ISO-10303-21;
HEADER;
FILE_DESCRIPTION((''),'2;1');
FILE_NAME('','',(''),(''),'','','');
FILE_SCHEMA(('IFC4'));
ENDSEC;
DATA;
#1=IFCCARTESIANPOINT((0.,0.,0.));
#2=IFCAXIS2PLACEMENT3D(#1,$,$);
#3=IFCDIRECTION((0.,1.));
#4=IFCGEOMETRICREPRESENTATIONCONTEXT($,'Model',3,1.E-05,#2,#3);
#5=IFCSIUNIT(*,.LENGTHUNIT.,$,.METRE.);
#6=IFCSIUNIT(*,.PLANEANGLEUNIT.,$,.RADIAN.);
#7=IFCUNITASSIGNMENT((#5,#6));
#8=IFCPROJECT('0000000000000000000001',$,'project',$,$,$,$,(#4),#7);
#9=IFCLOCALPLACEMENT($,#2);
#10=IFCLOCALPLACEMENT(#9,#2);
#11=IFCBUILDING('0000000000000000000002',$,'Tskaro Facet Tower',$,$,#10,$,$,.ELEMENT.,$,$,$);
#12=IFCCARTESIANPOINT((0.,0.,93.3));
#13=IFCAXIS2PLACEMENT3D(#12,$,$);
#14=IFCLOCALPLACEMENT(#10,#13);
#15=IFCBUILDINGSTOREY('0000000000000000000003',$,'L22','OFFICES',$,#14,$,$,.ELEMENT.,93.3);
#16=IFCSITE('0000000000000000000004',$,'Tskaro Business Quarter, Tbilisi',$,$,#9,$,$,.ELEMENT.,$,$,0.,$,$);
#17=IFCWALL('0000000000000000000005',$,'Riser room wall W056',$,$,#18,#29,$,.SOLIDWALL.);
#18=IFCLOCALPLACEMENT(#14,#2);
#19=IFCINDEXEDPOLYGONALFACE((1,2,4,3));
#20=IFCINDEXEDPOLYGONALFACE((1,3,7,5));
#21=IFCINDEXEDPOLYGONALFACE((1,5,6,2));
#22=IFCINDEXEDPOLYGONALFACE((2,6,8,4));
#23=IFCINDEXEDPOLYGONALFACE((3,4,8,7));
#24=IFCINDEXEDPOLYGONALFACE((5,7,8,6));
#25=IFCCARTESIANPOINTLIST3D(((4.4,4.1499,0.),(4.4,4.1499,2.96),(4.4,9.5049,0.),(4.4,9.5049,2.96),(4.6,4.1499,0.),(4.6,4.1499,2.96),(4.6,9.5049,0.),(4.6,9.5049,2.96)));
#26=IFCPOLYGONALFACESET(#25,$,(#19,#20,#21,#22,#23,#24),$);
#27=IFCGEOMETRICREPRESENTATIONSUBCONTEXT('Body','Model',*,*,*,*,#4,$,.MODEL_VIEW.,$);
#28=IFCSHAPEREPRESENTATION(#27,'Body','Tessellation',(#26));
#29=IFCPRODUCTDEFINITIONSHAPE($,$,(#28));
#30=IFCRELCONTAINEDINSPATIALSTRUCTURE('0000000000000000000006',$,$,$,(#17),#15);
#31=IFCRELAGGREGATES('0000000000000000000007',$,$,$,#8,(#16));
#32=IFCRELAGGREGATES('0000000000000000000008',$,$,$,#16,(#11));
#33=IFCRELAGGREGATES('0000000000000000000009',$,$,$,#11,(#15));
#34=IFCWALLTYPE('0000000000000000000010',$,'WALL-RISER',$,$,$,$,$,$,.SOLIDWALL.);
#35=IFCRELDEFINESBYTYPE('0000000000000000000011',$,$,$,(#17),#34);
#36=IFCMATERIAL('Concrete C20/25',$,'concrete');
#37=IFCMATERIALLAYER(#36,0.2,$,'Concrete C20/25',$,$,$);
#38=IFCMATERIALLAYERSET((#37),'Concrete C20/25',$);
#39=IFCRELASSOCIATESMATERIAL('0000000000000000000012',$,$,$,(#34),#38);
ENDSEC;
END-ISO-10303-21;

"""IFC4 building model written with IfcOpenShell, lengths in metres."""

from ifc_helpers import new_model, si_unit, direction, frame, frame_2d, origin, place, context, subcontext, project, spatial, rectangle, extrude, material, layer, layer_set, type_object, element, save


model = new_model("IFC4")

# Units and contexts
model_context = context("Model", 3, precision=1e-05, world=origin(), true_north=direction((0.0, 1.0)))
body_context = subcontext(model_context, "Body", "Model", "MODEL_VIEW")
ifc_project = project(units=[si_unit("LENGTHUNIT", "METRE"), si_unit("PLANEANGLEUNIT", "RADIAN")], contexts=[model_context])

# Site, building, storey
site_placement = place(None, origin())
site = spatial("IfcSite", under=ifc_project, at=site_placement, Name="Tskaro Business Quarter, Tbilisi", CompositionType="ELEMENT", RefElevation=0.0)
building_placement = place(site_placement, origin())
building = spatial("IfcBuilding", under=site, at=building_placement, Name="Tskaro Facet Tower", CompositionType="ELEMENT")
storey_placement = place(building_placement, frame((0.0, 0.0, 93.3)))
storey = spatial("IfcBuildingStorey", under=building, at=storey_placement, Name="L22", Description="OFFICES", CompositionType="ELEMENT", Elevation=93.3)

# Shared definitions
ifc_material_1 = material(Name="Concrete C20/25", Category="concrete")

# Shared definitions
ifc_layer_1 = layer(ifc_material_1, 0.2, Name="Concrete C20/25")
ifc_layer_set_1 = layer_set([ifc_layer_1], Name="Concrete C20/25")
wall_type_1 = type_object("IfcWallType", Name="WALL-RISER", PredefinedType="SOLIDWALL", material=ifc_layer_set_1)

# Wall
wall_1_placement = place(storey_placement, frame((4.5, 4.1499, 0.0), z_axis=(0.0, 0.0, 1.0), x_axis=(0.0, 1.0, 0.0)))
element("IfcWall", 1, at=wall_1_placement, inside=storey, type_object=wall_type_1, Name="Riser room wall W056", PredefinedType="SOLIDWALL", context=body_context, shape_type="SweptSolid", body=[
    extrude(rectangle(XDim=5.355, YDim=0.2, at=frame_2d((2.6775, 0.0))), origin(), (0.0, 0.0, 1.0), 2.96),
])

save(model, "model.ifc")
